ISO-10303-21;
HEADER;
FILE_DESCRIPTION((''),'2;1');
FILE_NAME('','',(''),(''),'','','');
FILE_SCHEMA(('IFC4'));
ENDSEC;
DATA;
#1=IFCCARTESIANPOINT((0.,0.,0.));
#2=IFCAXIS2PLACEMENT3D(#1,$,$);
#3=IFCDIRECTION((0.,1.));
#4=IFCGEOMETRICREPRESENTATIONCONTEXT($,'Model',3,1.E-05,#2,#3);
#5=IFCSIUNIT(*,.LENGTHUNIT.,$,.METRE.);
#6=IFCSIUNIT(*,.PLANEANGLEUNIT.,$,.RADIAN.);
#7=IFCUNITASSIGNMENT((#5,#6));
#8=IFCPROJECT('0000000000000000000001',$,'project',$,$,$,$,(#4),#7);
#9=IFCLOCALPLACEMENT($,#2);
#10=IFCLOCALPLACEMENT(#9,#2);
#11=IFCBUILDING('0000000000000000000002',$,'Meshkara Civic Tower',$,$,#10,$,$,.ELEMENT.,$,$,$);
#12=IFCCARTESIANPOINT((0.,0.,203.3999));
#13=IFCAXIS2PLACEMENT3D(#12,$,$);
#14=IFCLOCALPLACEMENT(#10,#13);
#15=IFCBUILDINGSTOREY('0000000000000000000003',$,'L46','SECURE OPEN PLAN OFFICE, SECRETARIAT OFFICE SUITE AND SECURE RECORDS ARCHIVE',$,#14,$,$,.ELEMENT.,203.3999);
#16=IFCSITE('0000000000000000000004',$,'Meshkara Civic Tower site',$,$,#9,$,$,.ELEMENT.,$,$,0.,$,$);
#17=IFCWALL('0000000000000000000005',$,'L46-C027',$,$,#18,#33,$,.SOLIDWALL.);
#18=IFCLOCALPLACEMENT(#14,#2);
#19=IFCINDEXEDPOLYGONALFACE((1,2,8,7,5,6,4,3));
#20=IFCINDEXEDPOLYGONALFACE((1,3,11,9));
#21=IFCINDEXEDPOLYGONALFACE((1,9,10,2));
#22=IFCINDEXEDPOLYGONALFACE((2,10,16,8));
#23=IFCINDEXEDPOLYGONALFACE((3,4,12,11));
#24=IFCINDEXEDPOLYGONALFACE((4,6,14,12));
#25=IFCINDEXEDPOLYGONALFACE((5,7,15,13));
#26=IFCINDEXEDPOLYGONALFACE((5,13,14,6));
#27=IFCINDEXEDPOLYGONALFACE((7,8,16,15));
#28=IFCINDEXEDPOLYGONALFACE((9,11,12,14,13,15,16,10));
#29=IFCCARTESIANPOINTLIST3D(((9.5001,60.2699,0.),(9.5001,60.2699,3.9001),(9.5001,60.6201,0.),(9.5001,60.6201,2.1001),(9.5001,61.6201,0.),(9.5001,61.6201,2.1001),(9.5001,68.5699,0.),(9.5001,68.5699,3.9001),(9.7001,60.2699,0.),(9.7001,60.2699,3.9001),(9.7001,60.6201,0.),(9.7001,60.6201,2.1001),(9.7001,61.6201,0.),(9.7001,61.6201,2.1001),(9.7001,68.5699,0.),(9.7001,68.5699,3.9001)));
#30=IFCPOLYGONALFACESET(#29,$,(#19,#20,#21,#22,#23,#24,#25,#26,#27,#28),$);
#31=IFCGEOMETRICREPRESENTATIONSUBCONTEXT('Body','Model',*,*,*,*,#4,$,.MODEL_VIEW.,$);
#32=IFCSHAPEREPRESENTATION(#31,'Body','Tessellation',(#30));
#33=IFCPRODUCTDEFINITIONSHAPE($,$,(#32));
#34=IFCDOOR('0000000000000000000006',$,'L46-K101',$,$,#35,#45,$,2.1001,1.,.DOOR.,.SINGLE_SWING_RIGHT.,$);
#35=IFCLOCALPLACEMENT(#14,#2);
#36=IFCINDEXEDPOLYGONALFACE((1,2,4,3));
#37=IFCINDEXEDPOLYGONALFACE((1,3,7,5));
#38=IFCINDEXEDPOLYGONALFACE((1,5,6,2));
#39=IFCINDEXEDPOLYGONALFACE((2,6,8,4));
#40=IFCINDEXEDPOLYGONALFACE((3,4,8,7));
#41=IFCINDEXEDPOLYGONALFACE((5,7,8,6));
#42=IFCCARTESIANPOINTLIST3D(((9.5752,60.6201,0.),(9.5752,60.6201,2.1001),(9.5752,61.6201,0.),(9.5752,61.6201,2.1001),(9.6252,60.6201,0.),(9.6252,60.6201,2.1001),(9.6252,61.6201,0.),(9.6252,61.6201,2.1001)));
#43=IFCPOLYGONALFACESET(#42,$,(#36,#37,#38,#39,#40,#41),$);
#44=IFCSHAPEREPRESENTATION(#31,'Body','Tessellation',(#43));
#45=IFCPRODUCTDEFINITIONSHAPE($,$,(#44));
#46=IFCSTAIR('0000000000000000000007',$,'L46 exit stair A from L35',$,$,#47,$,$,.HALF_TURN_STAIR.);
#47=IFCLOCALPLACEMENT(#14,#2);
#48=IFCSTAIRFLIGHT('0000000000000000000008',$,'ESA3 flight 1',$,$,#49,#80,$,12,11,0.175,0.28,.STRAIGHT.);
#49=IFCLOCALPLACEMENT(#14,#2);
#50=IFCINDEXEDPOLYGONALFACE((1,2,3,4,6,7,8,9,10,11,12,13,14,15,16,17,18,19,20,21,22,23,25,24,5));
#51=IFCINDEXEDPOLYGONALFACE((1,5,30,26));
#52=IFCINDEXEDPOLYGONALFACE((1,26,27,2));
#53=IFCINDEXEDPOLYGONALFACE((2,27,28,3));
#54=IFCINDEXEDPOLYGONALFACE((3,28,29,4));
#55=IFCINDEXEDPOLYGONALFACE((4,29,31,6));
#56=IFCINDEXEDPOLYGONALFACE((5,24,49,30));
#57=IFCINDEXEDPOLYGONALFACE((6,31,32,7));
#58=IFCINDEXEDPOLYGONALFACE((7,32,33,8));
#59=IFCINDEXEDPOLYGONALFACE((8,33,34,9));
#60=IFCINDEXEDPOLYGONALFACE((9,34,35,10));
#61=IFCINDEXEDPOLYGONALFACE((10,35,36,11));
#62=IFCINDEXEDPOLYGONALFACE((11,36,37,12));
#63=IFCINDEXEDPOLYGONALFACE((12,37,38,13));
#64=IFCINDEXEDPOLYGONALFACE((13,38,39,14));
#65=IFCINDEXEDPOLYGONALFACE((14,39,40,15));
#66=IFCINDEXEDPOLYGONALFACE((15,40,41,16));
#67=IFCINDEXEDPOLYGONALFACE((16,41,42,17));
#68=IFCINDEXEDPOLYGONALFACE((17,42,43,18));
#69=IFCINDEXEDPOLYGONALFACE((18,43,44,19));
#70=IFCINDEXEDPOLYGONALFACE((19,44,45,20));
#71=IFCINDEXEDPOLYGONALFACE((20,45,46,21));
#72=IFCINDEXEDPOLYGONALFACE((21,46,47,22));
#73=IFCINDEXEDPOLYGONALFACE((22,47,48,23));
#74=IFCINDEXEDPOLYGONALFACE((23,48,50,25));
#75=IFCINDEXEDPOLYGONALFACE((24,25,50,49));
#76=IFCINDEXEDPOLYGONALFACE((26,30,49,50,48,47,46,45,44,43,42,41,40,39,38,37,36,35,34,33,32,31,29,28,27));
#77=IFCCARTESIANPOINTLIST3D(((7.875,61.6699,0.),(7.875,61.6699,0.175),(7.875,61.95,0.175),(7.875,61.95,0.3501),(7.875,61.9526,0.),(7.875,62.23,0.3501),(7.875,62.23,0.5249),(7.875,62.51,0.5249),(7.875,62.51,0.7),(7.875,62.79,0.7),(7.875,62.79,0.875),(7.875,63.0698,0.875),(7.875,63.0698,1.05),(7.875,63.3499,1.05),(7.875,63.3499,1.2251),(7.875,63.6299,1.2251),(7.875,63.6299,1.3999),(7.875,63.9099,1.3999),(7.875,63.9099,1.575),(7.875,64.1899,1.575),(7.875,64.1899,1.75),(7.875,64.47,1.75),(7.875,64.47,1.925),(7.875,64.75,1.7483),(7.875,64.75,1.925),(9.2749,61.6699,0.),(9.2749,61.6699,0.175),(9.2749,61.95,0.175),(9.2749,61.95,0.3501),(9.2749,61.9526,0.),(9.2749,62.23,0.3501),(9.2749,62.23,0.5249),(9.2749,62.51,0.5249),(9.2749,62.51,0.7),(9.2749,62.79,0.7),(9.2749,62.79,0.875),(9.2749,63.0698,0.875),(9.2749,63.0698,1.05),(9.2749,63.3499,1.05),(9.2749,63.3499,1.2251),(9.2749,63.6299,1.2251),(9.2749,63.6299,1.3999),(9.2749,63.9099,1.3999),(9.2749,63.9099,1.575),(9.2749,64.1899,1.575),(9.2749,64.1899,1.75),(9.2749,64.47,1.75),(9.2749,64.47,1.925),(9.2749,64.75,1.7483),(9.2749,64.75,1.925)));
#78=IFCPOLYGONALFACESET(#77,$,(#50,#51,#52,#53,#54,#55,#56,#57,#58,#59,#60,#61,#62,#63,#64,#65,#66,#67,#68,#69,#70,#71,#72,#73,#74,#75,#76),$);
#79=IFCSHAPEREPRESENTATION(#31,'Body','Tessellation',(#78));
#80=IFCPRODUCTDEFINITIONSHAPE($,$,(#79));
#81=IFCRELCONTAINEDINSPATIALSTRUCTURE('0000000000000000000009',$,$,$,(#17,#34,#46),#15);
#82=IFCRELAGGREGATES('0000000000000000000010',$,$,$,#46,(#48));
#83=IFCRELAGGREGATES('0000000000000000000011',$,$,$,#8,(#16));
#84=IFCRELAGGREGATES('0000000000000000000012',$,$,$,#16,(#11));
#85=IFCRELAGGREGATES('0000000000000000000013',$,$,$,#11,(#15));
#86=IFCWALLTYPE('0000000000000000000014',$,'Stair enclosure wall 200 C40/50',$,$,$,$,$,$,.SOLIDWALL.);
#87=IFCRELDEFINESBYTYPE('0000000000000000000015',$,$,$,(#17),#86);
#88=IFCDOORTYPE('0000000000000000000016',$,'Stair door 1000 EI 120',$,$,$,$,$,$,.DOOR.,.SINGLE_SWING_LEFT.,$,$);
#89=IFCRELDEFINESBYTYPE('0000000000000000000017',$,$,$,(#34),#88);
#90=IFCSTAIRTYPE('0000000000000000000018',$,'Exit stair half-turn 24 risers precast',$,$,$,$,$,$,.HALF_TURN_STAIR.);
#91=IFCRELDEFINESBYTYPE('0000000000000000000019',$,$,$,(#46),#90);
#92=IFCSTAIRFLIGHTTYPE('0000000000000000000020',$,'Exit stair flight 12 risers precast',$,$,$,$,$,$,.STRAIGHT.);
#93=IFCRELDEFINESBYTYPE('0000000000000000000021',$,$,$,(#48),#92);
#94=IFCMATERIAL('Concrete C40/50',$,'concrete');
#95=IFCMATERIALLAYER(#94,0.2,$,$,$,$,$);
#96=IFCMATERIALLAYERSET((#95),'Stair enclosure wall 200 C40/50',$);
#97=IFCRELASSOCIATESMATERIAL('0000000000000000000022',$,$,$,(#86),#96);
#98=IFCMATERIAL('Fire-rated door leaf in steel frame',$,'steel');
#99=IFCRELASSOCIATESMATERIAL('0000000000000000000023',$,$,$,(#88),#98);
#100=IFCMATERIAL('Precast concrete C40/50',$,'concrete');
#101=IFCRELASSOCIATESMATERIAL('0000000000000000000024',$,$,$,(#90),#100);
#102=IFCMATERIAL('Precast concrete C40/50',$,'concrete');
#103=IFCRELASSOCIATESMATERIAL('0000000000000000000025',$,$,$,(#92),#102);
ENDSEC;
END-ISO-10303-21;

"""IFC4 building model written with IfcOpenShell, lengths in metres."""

from ifc_helpers import new_model, si_unit, direction, frame, frame_2d, origin, place, context, subcontext, project, spatial, polyline, rectangle, outline, extrude, material, layer, layer_set, type_object, element, fill, aggregate, save


model = new_model("IFC4")

# Units and contexts
model_context = context("Model", 3, precision=1e-05, world=origin(), true_north=direction((0.0, 1.0)))
body_context = subcontext(model_context, "Body", "Model", "MODEL_VIEW")
ifc_project = project(units=[si_unit("LENGTHUNIT", "METRE"), si_unit("PLANEANGLEUNIT", "RADIAN")], contexts=[model_context])

# Site, building, storey
site_placement = place(None, origin())
site = spatial("IfcSite", under=ifc_project, at=site_placement, Name="Meshkara Civic Tower site", CompositionType="ELEMENT", RefElevation=0.0)
building_placement = place(site_placement, origin())
building = spatial("IfcBuilding", under=site, at=building_placement, Name="Meshkara Civic Tower", CompositionType="ELEMENT")
storey_placement = place(building_placement, frame((0.0, 0.0, 203.3999)))
storey = spatial("IfcBuildingStorey", under=building, at=storey_placement, Name="L46", Description="SECURE OPEN PLAN OFFICE, SECRETARIAT OFFICE SUITE AND SECURE RECORDS ARCHIVE", CompositionType="ELEMENT", Elevation=203.3999)

# Wall, opening, door
ifc_material_1 = material(Name="Concrete C40/50", Category="concrete")
ifc_layer_1 = layer(ifc_material_1, 0.2)
ifc_layer_set_1 = layer_set([ifc_layer_1], Name="Stair enclosure wall 200 C40/50")
wall_type_1 = type_object("IfcWallType", Name="Stair enclosure wall 200 C40/50", PredefinedType="SOLIDWALL", material=ifc_layer_set_1)
wall_1_placement = place(storey_placement, frame((9.6001, 60.27, 0.0), z_axis=(0.0, 0.0, 1.0), x_axis=(0.0, 1.0, 0.0)))
wall_1 = element("IfcWall", 1, at=wall_1_placement, inside=storey, type_object=wall_type_1, Name="L46-C027", PredefinedType="SOLIDWALL", context=body_context, shape_type="SweptSolid", body=[
    extrude(rectangle(XDim=8.3, YDim=0.2, at=frame_2d((4.1499, 0.0))), origin(), (0.0, 0.0, 1.0), 3.9001),
])
opening_1_placement = place(wall_1_placement, frame((0.3501, 0.0, 0.0)))
opening_1 = element("IfcOpeningElement", 2, at=opening_1_placement, cuts=wall_1, PredefinedType="OPENING", context=body_context, shape_type="SweptSolid", body=[
    extrude(rectangle(XDim=1.0, YDim=2.1001, at=frame_2d((0.5, 1.05))), frame((0.0, 0.1099, 0.0), z_axis=(0.0, -1.0, 0.0), x_axis=(1.0, 0.0, 0.0)), (0.0, 0.0, 1.0), 0.22),
])
ifc_material_2 = material(Name="Fire-rated door leaf in steel frame", Category="steel")
door_type_1 = type_object("IfcDoorType", Name="Stair door 1000 EI 120", OperationType="SINGLE_SWING_LEFT", PredefinedType="DOOR", material=ifc_material_2)
door_1_placement = place(opening_1_placement, origin())
door_1 = element("IfcDoor", 3, at=door_1_placement, inside=storey, type_object=door_type_1, Name="L46-K101", OperationType="SINGLE_SWING_RIGHT", OverallHeight=2.1001, OverallWidth=1.0, PredefinedType="DOOR", context=body_context, shape_type="SweptSolid", body=[
    extrude(rectangle(XDim=1.0, YDim=2.1001, at=frame_2d((0.5, 1.05))), frame((0.0, 0.0249, 0.0), z_axis=(0.0, -1.0, 0.0), x_axis=(1.0, 0.0, 0.0)), (0.0, 0.0, 1.0), 0.05),
])
fill(opening_1, door_1)

# Stair, stair flight
ifc_material_3 = material(Name="Precast concrete C40/50", Category="concrete")
stair_type = type_object("IfcStairType", Name="Exit stair half-turn 24 risers precast", PredefinedType="HALF_TURN_STAIR", material=ifc_material_3)
stair_placement = place(storey_placement, origin())
stair = element("IfcStair", 4, at=stair_placement, inside=storey, type_object=stair_type, Name="L46 exit stair A from L35", PredefinedType="HALF_TURN_STAIR")
ifc_material_4 = material(Name="Precast concrete C40/50", Category="concrete")
stair_flight_type = type_object("IfcStairFlightType", Name="Exit stair flight 12 risers precast", PredefinedType="STRAIGHT", material=ifc_material_4)
stair_flight_placement = place(storey_placement, frame((8.575, 61.6699, 0.0), z_axis=(0.0, 0.0, 1.0), x_axis=(0.0, 1.0, 0.0)))
stair_flight = element("IfcStairFlight", 5, at=stair_flight_placement, type_object=stair_flight_type, Name="ESA3 flight 1", NumberOfRisers=12, NumberOfTreads=11, PredefinedType="STRAIGHT", RiserHeight=0.175, TreadLength=0.28, context=body_context, shape_type="SweptSolid", body=[
    extrude(outline(polyline([(0.0, 0.0), (0.0, 0.175), (0.28, 0.175), (0.28, 0.3501), (0.5601, 0.3501), (0.5601, 0.5249), (0.8401, 0.5249), (0.8401, 0.7), (1.1201, 0.7), (1.1201, 0.875), (1.3999, 0.875), (1.3999, 1.05), (1.6799, 1.05), (1.6799, 1.2251), (1.96, 1.2251), (1.96, 1.3999), (2.24, 1.3999), (2.24, 1.575), (2.52, 1.575), (2.52, 1.75), (2.8, 1.75), (2.8, 1.925), (3.0801, 1.925), (3.0801, 2.1001), (3.0801, 1.7483), (0.2827, 0.0), (0.0, 0.0)])), frame((0.0, 0.7, 0.0), z_axis=(0.0, -1.0, 0.0), x_axis=(1.0, 0.0, 0.0)), (0.0, 0.0, 1.0), 1.3999),
])
aggregate(stair, [stair_flight])

save(model, "model.ifc")
